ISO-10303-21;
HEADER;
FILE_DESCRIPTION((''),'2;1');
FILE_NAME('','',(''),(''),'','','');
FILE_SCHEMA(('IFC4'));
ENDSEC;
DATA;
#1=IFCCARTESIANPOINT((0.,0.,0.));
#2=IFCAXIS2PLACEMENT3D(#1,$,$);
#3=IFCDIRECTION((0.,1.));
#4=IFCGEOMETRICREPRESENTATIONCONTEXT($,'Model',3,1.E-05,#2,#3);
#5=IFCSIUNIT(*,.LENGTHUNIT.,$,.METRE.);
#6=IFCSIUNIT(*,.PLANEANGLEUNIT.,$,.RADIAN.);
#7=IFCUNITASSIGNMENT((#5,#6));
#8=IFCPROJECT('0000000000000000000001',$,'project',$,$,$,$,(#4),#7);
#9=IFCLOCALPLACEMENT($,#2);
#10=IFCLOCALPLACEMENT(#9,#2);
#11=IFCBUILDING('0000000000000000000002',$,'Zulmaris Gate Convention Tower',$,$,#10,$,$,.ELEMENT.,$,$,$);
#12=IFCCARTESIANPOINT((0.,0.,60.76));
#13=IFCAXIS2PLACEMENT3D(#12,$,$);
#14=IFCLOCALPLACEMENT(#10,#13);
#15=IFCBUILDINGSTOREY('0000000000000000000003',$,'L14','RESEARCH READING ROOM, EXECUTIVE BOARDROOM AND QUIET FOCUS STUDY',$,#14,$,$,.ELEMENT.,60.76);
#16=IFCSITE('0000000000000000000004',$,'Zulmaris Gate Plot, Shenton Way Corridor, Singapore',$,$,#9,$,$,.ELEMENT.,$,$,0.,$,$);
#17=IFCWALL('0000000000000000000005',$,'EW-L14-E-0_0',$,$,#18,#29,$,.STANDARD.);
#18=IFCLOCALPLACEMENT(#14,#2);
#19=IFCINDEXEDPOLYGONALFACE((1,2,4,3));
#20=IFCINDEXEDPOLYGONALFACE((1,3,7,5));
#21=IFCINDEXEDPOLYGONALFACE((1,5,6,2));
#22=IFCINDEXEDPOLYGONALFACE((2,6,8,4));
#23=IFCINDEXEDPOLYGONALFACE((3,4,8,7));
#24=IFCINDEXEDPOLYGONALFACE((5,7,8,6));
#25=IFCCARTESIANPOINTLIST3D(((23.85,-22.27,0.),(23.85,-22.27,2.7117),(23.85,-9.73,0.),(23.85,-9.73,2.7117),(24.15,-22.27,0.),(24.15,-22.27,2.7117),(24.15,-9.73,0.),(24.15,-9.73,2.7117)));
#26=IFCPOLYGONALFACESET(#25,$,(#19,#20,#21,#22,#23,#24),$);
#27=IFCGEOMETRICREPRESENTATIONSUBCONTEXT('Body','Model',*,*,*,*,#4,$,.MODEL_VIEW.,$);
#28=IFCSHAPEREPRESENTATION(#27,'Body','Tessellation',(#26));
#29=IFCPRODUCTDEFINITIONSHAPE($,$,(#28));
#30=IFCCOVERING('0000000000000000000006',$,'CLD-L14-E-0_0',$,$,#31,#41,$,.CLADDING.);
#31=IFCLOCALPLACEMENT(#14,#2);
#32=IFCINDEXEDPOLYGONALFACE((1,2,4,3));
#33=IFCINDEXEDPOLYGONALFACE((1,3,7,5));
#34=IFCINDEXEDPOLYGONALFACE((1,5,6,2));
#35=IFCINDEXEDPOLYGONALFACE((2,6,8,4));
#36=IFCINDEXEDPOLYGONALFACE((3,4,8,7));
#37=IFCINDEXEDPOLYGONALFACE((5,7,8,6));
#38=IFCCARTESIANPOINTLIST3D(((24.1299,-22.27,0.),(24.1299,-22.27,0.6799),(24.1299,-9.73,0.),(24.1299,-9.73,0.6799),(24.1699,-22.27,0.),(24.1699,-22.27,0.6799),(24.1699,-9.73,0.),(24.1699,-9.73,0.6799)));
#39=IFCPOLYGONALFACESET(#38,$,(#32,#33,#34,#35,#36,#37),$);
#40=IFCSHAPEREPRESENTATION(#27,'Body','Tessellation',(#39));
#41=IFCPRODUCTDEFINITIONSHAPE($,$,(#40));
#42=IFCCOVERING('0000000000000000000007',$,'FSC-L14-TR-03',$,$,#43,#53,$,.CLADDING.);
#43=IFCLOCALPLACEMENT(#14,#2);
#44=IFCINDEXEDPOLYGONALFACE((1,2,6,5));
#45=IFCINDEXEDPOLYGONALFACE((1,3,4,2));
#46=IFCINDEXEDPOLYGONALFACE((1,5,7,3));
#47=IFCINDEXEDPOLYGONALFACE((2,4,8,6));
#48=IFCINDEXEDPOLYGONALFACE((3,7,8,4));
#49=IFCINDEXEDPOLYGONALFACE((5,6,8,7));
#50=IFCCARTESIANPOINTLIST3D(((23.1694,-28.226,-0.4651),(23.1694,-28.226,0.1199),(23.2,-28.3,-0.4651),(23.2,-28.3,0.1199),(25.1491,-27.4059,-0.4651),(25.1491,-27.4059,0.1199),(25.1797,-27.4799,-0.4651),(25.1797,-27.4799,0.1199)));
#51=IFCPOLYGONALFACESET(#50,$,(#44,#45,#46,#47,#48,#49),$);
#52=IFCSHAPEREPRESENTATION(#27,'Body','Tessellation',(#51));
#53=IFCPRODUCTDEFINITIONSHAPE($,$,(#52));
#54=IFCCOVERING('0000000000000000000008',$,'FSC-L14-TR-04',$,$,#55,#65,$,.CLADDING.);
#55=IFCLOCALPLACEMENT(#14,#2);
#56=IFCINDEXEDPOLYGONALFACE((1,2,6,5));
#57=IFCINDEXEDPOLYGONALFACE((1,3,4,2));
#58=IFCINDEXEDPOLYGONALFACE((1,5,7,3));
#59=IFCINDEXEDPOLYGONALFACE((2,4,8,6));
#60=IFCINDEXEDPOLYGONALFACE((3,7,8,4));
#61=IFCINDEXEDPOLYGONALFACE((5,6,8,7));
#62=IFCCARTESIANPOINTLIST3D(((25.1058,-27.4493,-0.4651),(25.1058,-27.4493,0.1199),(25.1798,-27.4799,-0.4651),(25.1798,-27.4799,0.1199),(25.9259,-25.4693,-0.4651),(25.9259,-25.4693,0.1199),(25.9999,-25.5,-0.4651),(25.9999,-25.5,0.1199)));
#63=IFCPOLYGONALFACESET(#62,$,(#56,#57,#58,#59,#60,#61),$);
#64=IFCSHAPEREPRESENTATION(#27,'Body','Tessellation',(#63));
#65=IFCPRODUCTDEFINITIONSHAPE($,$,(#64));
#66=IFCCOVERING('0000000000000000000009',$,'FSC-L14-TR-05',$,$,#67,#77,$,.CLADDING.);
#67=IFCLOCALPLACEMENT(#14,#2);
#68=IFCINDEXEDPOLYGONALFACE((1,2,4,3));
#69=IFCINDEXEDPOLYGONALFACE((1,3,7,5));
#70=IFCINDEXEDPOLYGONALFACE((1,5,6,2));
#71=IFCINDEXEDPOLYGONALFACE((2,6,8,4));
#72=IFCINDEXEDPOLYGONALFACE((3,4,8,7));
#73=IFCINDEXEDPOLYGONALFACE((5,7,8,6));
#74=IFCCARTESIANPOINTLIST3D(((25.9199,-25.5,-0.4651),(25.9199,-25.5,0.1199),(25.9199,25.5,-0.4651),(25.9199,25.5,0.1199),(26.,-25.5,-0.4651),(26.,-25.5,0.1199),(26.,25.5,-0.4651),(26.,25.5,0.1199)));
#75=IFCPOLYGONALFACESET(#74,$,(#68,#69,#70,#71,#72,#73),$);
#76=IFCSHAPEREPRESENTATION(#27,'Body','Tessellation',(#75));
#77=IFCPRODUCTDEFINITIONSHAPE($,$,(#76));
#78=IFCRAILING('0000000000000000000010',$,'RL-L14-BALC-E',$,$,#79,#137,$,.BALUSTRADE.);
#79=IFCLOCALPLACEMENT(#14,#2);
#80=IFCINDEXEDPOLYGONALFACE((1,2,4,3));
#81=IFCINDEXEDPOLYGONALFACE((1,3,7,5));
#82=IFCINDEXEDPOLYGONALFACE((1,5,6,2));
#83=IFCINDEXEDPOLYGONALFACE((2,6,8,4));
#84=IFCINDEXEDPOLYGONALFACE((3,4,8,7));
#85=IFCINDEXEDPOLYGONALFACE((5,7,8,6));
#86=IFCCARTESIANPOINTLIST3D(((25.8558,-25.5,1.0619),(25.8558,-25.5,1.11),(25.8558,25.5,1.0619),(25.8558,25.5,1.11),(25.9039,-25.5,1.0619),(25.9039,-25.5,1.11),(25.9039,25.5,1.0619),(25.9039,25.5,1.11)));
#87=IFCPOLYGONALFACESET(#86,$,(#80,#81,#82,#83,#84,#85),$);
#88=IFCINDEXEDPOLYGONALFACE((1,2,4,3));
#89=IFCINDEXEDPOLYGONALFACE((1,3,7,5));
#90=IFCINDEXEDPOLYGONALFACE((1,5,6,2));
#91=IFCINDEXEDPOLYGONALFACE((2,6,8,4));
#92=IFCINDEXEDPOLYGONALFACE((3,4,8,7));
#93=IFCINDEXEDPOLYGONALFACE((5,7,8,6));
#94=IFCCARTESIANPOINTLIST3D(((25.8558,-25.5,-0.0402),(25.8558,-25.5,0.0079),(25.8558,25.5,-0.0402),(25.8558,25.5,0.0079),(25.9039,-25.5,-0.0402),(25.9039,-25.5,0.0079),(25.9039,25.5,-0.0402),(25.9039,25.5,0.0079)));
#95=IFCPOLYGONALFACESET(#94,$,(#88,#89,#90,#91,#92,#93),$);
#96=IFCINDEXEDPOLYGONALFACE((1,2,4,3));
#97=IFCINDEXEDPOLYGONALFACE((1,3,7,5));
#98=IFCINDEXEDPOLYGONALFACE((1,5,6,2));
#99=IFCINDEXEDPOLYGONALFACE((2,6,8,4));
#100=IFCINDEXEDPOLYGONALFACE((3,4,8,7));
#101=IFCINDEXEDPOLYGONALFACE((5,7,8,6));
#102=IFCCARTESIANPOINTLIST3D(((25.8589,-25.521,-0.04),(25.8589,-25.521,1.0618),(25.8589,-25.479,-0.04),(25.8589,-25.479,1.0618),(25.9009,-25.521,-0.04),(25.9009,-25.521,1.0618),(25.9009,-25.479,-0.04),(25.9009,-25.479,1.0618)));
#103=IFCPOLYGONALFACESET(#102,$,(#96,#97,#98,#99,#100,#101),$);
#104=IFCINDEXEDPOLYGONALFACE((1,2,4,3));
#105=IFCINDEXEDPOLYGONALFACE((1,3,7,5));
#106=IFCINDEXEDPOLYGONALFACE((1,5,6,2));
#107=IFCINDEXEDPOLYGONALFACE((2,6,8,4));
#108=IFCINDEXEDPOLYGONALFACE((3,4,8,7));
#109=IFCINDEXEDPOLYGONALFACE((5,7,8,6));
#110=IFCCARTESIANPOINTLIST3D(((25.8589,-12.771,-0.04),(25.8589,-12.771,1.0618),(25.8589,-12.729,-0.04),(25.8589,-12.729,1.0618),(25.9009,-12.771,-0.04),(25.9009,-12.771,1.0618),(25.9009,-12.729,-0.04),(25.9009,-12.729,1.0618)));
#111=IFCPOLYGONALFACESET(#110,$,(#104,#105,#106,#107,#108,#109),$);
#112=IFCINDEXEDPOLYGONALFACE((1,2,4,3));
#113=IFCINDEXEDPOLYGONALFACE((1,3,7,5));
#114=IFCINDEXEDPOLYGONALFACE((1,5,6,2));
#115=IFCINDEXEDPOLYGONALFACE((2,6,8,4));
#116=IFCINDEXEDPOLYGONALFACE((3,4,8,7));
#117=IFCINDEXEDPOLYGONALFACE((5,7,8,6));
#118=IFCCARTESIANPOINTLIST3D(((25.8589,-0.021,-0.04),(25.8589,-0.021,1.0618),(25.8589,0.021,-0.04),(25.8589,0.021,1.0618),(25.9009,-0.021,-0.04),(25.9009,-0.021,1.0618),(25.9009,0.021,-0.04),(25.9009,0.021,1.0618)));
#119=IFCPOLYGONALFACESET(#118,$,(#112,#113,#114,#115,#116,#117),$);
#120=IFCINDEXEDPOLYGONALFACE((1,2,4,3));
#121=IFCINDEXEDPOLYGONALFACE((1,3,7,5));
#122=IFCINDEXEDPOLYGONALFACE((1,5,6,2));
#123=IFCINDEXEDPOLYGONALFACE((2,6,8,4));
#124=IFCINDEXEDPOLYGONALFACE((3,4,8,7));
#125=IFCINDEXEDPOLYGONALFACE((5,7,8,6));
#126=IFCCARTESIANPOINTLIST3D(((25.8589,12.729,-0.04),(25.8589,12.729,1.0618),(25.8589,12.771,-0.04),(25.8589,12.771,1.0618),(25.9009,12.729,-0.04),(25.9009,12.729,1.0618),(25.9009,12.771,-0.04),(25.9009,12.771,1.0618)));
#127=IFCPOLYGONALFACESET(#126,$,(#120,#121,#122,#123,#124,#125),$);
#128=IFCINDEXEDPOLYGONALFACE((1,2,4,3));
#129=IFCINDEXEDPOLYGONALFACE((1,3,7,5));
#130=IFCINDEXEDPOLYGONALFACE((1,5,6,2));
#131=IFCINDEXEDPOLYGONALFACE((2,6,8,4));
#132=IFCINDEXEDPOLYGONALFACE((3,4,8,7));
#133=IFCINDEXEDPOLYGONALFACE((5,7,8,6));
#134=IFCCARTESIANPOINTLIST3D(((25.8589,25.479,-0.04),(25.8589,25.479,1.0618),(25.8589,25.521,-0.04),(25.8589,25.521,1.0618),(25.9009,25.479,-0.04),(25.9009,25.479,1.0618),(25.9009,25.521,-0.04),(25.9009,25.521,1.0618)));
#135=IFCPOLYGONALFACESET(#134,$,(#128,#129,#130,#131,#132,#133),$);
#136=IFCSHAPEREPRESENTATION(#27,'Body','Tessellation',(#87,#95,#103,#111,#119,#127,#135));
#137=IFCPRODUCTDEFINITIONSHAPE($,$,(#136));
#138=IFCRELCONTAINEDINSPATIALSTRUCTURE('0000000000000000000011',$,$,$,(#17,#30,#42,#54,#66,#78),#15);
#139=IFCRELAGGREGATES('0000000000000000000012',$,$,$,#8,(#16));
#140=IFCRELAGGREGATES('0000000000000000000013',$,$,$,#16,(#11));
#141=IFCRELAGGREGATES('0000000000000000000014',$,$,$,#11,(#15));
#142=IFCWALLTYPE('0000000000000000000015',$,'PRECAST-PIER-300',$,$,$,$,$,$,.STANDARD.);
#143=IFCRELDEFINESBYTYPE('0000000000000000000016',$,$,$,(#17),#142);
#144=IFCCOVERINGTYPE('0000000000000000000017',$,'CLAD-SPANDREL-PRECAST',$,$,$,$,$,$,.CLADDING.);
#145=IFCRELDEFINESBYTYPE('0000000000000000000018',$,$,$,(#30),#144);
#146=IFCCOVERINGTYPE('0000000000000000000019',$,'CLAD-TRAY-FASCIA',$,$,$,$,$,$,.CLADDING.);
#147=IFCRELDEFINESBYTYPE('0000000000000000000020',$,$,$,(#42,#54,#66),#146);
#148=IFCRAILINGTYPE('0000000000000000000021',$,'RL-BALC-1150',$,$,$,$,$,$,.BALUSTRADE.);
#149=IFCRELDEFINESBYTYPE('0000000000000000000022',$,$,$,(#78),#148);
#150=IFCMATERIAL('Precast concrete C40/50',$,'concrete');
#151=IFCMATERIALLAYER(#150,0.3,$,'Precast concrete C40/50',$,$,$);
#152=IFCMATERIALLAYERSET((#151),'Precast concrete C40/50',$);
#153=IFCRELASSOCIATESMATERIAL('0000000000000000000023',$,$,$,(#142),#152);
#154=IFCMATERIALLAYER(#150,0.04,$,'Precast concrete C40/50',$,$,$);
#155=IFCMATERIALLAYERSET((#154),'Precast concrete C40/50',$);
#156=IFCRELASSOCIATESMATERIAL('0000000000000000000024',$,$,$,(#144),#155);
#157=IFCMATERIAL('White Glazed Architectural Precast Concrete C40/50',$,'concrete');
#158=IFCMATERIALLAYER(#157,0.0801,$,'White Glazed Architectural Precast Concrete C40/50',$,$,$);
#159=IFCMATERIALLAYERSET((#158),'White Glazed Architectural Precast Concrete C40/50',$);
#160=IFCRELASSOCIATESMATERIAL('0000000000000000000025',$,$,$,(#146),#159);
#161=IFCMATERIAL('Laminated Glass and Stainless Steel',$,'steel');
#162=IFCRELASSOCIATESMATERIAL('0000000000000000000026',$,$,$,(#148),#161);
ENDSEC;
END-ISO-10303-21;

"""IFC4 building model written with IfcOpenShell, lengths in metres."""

from ifc_helpers import new_model, si_unit, direction, frame, frame_2d, origin, origin_2d, place, context, subcontext, project, spatial, rectangle, extrude, material, layer, layer_set, type_object, element, save


model = new_model("IFC4")

# Units and contexts
model_context = context("Model", 3, precision=1e-05, world=origin(), true_north=direction((0.0, 1.0)))
body_context = subcontext(model_context, "Body", "Model", "MODEL_VIEW")
ifc_project = project(units=[si_unit("LENGTHUNIT", "METRE"), si_unit("PLANEANGLEUNIT", "RADIAN")], contexts=[model_context])

# Site, building, storey
site_placement = place(None, origin())
site = spatial("IfcSite", under=ifc_project, at=site_placement, Name="Zulmaris Gate Plot, Shenton Way Corridor, Singapore", CompositionType="ELEMENT", RefElevation=0.0)
building_placement = place(site_placement, origin())
building = spatial("IfcBuilding", under=site, at=building_placement, Name="Zulmaris Gate Convention Tower", CompositionType="ELEMENT")
storey_placement = place(building_placement, frame((0.0, 0.0, 60.76)))
storey = spatial("IfcBuildingStorey", under=building, at=storey_placement, Name="L14", Description="RESEARCH READING ROOM, EXECUTIVE BOARDROOM AND QUIET FOCUS STUDY", CompositionType="ELEMENT", Elevation=60.76)

# Shared definitions
ifc_material_1 = material(Name="Precast concrete C40/50", Category="concrete")
ifc_layer_1 = layer(ifc_material_1, 0.3, Name="Precast concrete C40/50")
ifc_layer_set_1 = layer_set([ifc_layer_1], Name="Precast concrete C40/50")
wall_type_1 = type_object("IfcWallType", Name="PRECAST-PIER-300", PredefinedType="STANDARD", material=ifc_layer_set_1)

# Wall
wall_1_placement = place(storey_placement, frame((24.0, -22.27, 0.0), z_axis=(0.0, 0.0, 1.0), x_axis=(0.0, 1.0, 0.0)))
element("IfcWall", 1, at=wall_1_placement, inside=storey, type_object=wall_type_1, Name="EW-L14-E-0_0", PredefinedType="STANDARD", context=body_context, shape_type="SweptSolid", body=[
    extrude(rectangle(XDim=12.54, YDim=0.3, at=frame_2d((6.27, 0.0))), origin(), (0.0, 0.0, 1.0), 2.7117),
])

# Coverings
ifc_layer_2 = layer(ifc_material_1, 0.04, Name="Precast concrete C40/50")
ifc_layer_set_2 = layer_set([ifc_layer_2], Name="Precast concrete C40/50")
covering_type_1 = type_object("IfcCoveringType", Name="CLAD-SPANDREL-PRECAST", PredefinedType="CLADDING", material=ifc_layer_set_2)
covering_1_placement = place(storey_placement, frame((24.1499, -22.27, 0.0), z_axis=(0.0, 0.0, 1.0), x_axis=(0.0, 1.0, 0.0)))
element("IfcCovering", 2, at=covering_1_placement, inside=storey, type_object=covering_type_1, Name="CLD-L14-E-0_0", PredefinedType="CLADDING", context=body_context, shape_type="SweptSolid", body=[
    extrude(rectangle(XDim=12.54, YDim=0.04, at=frame_2d((6.27, 0.0))), origin(), (0.0, 0.0, 1.0), 0.6799),
])
ifc_material_2 = material(Name="White Glazed Architectural Precast Concrete C40/50", Category="concrete")
ifc_layer_3 = layer(ifc_material_2, 0.0801, Name="White Glazed Architectural Precast Concrete C40/50")
ifc_layer_set_3 = layer_set([ifc_layer_3], Name="White Glazed Architectural Precast Concrete C40/50")
covering_type_2 = type_object("IfcCoveringType", Name="CLAD-TRAY-FASCIA", PredefinedType="CLADDING", material=ifc_layer_set_3)
covering_2_placement = place(storey_placement, frame((23.1848, -28.2629, -0.4651), z_axis=(0.0, 0.0, 1.0), x_axis=(0.923874, 0.382697, 0.0)))
element("IfcCovering", 3, at=covering_2_placement, inside=storey, type_object=covering_type_2, Name="FSC-L14-TR-03", PredefinedType="CLADDING", context=body_context, shape_type="SweptSolid", body=[
    extrude(rectangle(XDim=2.1428, YDim=0.0801, at=frame_2d((1.0713, 0.0))), origin(), (0.0, 0.0, 1.0), 0.585),
])
covering_3_placement = place(storey_placement, frame((25.1428, -27.4646, -0.4651), z_axis=(0.0, 0.0, 1.0), x_axis=(0.382657, 0.92389, 0.0)))
element("IfcCovering", 4, at=covering_3_placement, inside=storey, type_object=covering_type_2, Name="FSC-L14-TR-04", PredefinedType="CLADDING", context=body_context, shape_type="SweptSolid", body=[
    extrude(rectangle(XDim=2.1431, YDim=0.0801, at=frame_2d((1.0715, 0.0))), origin(), (0.0, 0.0, 1.0), 0.585),
])
covering_4_placement = place(storey_placement, frame((25.96, -25.5, -0.4651), z_axis=(0.0, 0.0, 1.0), x_axis=(0.0, 1.0, 0.0)))
element("IfcCovering", 5, at=covering_4_placement, inside=storey, type_object=covering_type_2, Name="FSC-L14-TR-05", PredefinedType="CLADDING", context=body_context, shape_type="SweptSolid", body=[
    extrude(rectangle(XDim=51.0, YDim=0.0801, at=frame_2d((25.5, 0.0))), origin(), (0.0, 0.0, 1.0), 0.585),
])

# Railing
ifc_material_3 = material(Name="Laminated Glass and Stainless Steel", Category="steel")
railing_type = type_object("IfcRailingType", Name="RL-BALC-1150", PredefinedType="BALUSTRADE", material=ifc_material_3)
railing_placement = place(storey_placement, frame((25.8799, -25.5, -0.04)))
element("IfcRailing", 6, at=railing_placement, inside=storey, type_object=railing_type, Name="RL-L14-BALC-E", PredefinedType="BALUSTRADE", context=body_context, shape_type="SweptSolid", body=[
    extrude(rectangle(XDim=0.0481, YDim=0.0481, at=origin_2d()), frame((0.0, 0.0, 1.126), z_axis=(0.0, 1.0, 0.0), x_axis=(-1.0, 0.0, 0.0)), (0.0, 0.0, 1.0), 51.0),
    extrude(rectangle(XDim=0.0481, YDim=0.0481, at=origin_2d()), frame((0.0, 0.0, 0.0239), z_axis=(0.0, 1.0, 0.0), x_axis=(-1.0, 0.0, 0.0)), (0.0, 0.0, 1.0), 51.0),
    extrude(rectangle(XDim=0.042, YDim=0.042, at=origin_2d()), origin(), (0.0, 0.0, 1.0), 1.1018),
    extrude(rectangle(XDim=0.042, YDim=0.042, at=origin_2d()), frame((0.0, 12.75, 0.0)), (0.0, 0.0, 1.0), 1.1018),
    extrude(rectangle(XDim=0.042, YDim=0.042, at=origin_2d()), frame((0.0, 25.5, 0.0)), (0.0, 0.0, 1.0), 1.1018),
    extrude(rectangle(XDim=0.042, YDim=0.042, at=origin_2d()), frame((0.0, 38.25, 0.0)), (0.0, 0.0, 1.0), 1.1018),
    extrude(rectangle(XDim=0.042, YDim=0.042, at=origin_2d()), frame((0.0, 51.0, 0.0)), (0.0, 0.0, 1.0), 1.1018),
])

save(model, "model.ifc")
